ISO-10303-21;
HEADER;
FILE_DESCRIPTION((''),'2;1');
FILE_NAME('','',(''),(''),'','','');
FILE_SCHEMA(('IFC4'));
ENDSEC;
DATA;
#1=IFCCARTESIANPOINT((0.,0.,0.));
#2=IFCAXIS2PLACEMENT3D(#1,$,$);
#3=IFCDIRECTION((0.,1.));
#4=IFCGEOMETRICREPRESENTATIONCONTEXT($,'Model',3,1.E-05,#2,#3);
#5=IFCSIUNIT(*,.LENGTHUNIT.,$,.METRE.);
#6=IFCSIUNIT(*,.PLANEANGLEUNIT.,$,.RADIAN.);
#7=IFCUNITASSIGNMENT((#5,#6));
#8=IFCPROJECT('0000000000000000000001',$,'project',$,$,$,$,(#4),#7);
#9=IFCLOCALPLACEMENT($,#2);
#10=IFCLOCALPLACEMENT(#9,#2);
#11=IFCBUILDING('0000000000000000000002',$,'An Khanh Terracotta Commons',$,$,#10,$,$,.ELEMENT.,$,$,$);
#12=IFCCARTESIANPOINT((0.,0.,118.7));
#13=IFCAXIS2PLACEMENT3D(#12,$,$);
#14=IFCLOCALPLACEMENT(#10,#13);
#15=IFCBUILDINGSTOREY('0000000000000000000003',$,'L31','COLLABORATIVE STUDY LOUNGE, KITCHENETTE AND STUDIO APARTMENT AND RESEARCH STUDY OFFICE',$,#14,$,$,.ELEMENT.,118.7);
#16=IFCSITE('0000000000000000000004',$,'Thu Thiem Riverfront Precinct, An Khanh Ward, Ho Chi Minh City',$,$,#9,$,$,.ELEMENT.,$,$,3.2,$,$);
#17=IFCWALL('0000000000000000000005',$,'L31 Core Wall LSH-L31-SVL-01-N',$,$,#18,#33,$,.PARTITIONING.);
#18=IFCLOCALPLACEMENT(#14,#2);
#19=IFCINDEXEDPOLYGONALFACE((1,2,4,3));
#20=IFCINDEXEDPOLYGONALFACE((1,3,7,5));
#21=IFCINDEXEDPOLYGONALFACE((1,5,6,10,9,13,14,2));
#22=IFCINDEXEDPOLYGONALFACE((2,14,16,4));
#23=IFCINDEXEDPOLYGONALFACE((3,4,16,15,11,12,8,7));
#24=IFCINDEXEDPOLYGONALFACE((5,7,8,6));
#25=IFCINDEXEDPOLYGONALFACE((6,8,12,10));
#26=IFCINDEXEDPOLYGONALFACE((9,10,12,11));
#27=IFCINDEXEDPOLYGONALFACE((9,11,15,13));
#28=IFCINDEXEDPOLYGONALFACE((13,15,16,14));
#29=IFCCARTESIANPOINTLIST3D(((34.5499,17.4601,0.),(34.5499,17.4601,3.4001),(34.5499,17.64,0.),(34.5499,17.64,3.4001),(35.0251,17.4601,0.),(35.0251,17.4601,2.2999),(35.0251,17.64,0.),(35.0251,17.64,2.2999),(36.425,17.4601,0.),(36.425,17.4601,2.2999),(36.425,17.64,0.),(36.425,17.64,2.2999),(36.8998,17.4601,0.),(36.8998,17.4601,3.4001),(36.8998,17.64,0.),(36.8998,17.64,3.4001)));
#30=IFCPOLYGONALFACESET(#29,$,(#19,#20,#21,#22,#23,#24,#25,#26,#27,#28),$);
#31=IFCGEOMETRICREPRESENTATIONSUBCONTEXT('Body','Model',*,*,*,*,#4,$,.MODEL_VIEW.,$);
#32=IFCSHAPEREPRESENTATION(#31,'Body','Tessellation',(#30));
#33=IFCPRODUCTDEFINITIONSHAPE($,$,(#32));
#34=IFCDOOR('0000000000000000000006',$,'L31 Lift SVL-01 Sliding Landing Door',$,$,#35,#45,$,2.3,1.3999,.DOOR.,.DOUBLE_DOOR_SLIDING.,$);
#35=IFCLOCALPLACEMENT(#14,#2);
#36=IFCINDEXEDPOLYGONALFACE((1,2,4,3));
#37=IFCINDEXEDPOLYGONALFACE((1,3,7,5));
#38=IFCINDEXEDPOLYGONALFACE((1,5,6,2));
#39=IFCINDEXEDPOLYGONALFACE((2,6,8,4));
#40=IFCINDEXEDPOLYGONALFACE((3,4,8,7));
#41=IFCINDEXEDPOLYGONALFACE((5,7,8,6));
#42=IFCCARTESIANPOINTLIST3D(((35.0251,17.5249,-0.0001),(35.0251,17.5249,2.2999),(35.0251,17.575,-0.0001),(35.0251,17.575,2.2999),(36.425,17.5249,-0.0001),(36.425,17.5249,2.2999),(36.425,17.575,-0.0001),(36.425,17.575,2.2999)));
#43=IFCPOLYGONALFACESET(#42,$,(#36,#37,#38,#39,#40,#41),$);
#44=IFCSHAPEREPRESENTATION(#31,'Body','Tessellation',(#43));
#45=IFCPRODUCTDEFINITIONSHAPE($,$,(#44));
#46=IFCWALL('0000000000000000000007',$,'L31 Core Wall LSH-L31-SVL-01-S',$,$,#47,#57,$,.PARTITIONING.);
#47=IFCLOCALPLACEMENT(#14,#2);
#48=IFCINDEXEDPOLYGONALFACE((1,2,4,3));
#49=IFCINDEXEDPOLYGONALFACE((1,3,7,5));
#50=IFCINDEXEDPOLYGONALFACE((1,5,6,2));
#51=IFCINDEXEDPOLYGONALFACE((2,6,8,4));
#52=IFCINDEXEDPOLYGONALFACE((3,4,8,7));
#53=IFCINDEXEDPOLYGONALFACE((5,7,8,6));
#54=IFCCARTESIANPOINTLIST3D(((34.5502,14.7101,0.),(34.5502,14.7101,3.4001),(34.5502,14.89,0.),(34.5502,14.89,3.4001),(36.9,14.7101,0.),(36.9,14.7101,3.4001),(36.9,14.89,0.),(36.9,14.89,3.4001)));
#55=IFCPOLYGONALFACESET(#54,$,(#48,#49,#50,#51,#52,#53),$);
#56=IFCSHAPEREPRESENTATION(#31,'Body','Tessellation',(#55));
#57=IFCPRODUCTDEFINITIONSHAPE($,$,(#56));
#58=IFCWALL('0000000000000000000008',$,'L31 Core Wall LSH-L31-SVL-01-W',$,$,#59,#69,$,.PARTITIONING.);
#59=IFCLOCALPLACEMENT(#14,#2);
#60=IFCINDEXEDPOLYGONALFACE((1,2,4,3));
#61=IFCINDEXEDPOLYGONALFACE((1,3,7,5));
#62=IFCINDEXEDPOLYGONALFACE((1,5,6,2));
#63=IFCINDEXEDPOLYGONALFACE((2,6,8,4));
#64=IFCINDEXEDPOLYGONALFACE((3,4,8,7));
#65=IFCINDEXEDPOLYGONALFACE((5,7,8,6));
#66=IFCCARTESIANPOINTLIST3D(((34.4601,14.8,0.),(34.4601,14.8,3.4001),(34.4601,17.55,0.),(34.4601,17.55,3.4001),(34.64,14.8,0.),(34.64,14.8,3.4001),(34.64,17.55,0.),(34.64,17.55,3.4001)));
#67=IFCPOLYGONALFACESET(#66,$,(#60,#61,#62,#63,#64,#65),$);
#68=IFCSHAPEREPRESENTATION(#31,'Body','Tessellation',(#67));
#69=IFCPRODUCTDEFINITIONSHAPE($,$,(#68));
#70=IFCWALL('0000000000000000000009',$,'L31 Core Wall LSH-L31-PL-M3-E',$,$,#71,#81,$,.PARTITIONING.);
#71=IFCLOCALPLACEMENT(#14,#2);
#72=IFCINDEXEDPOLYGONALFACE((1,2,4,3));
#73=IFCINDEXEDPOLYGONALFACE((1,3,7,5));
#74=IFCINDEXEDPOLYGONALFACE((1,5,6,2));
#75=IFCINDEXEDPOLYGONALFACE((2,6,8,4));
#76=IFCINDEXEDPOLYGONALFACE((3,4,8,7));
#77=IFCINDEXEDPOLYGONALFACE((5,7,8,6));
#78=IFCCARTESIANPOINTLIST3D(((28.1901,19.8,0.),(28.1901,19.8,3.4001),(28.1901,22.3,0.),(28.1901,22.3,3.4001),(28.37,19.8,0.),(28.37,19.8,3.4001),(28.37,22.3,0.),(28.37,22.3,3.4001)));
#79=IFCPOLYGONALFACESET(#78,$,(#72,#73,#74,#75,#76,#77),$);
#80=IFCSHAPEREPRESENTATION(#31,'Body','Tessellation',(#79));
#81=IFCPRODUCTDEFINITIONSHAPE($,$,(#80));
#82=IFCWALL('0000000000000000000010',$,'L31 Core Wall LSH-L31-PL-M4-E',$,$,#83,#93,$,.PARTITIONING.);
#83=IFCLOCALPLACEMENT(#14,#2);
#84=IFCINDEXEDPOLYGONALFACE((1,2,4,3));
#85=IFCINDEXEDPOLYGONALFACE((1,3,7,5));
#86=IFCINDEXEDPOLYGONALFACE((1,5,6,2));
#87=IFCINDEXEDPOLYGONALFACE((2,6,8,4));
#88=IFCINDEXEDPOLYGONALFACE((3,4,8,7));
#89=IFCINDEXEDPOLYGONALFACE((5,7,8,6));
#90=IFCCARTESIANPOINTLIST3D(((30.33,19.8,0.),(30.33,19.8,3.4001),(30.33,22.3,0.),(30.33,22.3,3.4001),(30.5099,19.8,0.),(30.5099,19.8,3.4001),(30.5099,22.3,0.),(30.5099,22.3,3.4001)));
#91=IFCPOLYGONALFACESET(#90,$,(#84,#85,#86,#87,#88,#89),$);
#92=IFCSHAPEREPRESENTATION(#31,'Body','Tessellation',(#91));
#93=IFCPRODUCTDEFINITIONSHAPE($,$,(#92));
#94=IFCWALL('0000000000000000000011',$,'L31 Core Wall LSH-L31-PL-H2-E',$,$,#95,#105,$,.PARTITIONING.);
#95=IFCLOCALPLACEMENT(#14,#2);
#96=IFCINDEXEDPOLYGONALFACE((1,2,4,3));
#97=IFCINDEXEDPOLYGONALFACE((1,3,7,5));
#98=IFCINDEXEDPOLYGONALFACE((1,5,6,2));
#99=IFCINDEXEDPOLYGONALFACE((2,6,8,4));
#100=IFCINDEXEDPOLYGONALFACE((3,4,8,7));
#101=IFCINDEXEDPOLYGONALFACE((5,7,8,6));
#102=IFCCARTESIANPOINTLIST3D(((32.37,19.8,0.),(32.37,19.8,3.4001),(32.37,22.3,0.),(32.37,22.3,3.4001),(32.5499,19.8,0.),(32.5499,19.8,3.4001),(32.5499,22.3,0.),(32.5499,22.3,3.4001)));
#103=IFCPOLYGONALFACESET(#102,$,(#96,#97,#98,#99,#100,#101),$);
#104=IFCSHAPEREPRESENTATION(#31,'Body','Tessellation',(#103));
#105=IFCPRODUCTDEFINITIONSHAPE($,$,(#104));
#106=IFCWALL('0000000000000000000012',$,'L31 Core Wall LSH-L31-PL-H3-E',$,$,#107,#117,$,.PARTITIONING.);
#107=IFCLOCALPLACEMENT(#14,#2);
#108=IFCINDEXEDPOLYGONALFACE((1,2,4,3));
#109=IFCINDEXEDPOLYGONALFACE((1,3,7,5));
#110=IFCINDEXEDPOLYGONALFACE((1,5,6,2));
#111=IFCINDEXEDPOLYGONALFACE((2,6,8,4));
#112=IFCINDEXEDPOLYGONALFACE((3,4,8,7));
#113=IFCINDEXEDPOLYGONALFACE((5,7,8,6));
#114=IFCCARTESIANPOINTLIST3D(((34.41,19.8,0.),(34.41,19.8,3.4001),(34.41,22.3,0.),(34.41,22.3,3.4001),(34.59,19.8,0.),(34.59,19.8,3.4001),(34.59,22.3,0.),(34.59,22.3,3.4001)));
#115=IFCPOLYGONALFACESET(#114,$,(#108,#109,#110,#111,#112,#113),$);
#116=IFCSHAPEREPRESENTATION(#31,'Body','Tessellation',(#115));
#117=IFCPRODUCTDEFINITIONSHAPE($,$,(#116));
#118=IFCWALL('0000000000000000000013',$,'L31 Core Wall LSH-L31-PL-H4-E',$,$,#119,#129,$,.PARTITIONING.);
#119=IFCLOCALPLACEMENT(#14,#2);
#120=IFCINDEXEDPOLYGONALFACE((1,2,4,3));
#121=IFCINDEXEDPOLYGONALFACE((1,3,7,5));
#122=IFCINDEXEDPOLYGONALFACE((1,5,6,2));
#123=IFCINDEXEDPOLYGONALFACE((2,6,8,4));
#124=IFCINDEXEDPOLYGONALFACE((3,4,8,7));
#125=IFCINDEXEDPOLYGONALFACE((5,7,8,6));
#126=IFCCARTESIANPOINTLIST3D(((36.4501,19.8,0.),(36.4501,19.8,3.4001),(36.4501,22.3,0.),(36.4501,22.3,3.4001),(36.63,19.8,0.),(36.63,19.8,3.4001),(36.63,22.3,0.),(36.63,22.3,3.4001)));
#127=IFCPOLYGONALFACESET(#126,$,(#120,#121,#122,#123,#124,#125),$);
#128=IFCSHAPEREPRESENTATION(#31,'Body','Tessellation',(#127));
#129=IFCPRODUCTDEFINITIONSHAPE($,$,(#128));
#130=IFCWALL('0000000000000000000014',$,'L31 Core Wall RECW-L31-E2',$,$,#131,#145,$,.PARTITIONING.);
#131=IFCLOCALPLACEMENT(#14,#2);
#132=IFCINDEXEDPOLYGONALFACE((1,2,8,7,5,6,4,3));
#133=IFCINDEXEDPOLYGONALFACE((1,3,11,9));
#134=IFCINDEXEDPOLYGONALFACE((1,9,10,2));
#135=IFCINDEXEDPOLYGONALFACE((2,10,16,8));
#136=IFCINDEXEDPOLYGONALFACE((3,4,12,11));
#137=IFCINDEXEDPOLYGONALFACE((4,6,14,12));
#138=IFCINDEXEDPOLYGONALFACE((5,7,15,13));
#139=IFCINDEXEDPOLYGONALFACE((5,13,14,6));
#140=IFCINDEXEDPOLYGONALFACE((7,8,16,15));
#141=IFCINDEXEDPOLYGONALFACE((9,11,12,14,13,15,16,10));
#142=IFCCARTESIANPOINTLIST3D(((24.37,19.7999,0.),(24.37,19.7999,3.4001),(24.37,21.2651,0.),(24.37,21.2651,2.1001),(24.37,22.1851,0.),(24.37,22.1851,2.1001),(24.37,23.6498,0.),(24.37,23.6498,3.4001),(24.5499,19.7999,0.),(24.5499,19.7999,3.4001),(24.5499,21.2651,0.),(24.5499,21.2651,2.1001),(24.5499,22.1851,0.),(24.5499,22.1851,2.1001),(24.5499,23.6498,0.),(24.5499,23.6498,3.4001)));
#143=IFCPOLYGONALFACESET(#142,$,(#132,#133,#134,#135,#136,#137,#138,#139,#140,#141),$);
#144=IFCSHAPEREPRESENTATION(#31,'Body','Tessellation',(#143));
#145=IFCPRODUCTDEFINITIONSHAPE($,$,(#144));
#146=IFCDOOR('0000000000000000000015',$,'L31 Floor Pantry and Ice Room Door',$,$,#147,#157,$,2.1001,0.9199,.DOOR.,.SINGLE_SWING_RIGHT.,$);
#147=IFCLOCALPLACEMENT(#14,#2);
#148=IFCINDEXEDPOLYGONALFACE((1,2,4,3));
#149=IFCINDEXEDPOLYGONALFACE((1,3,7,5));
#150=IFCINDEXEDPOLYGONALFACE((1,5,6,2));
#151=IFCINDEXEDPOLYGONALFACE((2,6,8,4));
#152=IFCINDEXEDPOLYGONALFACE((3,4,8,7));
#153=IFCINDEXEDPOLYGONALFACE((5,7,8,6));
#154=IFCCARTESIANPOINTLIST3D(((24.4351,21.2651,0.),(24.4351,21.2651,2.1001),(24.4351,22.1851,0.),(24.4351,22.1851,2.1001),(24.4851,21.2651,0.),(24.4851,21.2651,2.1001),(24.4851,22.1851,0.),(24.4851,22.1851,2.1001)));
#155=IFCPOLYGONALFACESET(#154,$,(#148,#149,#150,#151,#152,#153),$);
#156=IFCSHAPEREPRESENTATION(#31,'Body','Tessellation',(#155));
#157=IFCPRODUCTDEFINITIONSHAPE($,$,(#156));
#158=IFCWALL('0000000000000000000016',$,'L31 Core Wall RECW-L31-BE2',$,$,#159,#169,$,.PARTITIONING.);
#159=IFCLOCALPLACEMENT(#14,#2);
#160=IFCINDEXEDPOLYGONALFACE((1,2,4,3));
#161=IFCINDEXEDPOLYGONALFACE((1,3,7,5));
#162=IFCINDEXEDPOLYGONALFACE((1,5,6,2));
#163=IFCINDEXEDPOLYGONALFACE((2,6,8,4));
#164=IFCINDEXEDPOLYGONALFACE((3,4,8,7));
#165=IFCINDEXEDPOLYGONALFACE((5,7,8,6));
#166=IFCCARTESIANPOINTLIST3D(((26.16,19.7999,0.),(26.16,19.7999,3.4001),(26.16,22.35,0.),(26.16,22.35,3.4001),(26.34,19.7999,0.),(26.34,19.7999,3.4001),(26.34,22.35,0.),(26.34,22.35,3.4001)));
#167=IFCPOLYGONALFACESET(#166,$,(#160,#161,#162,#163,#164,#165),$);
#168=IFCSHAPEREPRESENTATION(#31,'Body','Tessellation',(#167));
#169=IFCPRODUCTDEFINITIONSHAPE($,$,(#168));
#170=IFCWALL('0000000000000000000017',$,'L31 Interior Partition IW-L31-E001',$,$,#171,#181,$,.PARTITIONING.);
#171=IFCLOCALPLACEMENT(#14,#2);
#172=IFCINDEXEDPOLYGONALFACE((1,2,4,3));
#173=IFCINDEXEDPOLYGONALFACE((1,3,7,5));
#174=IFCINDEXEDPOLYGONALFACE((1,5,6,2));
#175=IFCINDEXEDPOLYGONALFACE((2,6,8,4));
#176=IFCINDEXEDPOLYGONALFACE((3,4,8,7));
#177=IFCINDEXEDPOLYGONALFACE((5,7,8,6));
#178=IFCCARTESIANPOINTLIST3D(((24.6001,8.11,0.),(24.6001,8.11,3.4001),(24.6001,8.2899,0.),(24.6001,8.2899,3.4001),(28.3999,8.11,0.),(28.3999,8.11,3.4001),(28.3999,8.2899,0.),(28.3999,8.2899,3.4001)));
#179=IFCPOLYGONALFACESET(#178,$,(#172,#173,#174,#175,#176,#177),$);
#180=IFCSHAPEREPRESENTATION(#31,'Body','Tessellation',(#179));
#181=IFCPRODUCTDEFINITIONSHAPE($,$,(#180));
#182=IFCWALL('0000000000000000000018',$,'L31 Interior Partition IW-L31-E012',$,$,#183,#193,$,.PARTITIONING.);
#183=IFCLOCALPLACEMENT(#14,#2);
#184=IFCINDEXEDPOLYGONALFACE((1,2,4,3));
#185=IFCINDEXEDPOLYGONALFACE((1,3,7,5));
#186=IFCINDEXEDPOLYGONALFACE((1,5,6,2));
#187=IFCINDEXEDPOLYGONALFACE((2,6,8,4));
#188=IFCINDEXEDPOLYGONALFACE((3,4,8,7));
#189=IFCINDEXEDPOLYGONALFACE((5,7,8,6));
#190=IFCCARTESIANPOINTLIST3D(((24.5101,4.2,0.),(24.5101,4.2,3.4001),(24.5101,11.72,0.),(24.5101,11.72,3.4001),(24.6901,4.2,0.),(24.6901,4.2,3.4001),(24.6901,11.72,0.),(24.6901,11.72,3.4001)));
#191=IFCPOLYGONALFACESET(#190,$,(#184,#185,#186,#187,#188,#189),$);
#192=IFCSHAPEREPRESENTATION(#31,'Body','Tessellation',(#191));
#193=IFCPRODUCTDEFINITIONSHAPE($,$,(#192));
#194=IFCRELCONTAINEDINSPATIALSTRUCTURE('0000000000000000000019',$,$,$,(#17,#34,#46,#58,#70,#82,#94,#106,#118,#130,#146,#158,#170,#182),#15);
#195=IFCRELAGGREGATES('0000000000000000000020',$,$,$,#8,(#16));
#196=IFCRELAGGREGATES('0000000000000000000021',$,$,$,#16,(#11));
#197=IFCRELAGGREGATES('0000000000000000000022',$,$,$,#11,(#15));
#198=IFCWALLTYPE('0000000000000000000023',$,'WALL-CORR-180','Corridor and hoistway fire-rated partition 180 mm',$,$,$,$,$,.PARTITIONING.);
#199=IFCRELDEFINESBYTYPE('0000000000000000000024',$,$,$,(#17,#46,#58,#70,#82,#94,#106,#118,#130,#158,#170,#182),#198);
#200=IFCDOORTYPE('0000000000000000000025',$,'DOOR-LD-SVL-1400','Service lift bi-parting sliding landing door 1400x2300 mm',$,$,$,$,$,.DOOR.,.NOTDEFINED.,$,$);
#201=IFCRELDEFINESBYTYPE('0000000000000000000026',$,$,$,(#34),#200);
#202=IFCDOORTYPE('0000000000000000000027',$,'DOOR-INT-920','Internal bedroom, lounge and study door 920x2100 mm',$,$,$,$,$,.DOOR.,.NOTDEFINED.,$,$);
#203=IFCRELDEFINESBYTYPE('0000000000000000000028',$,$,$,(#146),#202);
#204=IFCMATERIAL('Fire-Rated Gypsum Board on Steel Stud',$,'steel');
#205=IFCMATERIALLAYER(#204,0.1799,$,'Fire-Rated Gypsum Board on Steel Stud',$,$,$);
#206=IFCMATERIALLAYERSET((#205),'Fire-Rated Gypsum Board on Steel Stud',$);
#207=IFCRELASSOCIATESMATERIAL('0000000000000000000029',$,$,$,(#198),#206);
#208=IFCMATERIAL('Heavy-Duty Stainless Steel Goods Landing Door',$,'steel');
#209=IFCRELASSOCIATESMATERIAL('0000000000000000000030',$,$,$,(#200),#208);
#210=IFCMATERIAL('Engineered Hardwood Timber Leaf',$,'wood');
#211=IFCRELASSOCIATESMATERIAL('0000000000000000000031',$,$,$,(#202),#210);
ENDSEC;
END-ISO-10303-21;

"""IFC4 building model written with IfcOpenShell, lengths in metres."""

from ifc_helpers import new_model, si_unit, direction, frame, frame_2d, origin, place, context, subcontext, project, spatial, rectangle, extrude, material, layer, layer_set, type_object, element, fill, save


model = new_model("IFC4")

# Units and contexts
model_context = context("Model", 3, precision=1e-05, world=origin(), true_north=direction((0.0, 1.0)))
body_context = subcontext(model_context, "Body", "Model", "MODEL_VIEW")
ifc_project = project(units=[si_unit("LENGTHUNIT", "METRE"), si_unit("PLANEANGLEUNIT", "RADIAN")], contexts=[model_context])

# Site, building, storey
site_placement = place(None, origin())
site = spatial("IfcSite", under=ifc_project, at=site_placement, Name="Thu Thiem Riverfront Precinct, An Khanh Ward, Ho Chi Minh City", CompositionType="ELEMENT", RefElevation=3.2)
building_placement = place(site_placement, origin())
building = spatial("IfcBuilding", under=site, at=building_placement, Name="An Khanh Terracotta Commons", CompositionType="ELEMENT")
storey_placement = place(building_placement, frame((0.0, 0.0, 118.7)))
storey = spatial("IfcBuildingStorey", under=building, at=storey_placement, Name="L31", Description="COLLABORATIVE STUDY LOUNGE, KITCHENETTE AND STUDIO APARTMENT AND RESEARCH STUDY OFFICE", CompositionType="ELEMENT", Elevation=118.7)

# Shared definitions
ifc_material_1 = material(Name="Fire-Rated Gypsum Board on Steel Stud", Category="steel")
ifc_layer_1 = layer(ifc_material_1, 0.1799, Name="Fire-Rated Gypsum Board on Steel Stud")
ifc_layer_set_1 = layer_set([ifc_layer_1], Name="Fire-Rated Gypsum Board on Steel Stud")
wall_type_1 = type_object("IfcWallType", Name="WALL-CORR-180", Description="Corridor and hoistway fire-rated partition 180 mm", PredefinedType="PARTITIONING", material=ifc_layer_set_1)

# Wall, opening, door
wall_1_placement = place(storey_placement, frame((34.55, 17.55, 0.0), z_axis=(0.0, 0.0, 1.0), x_axis=(1.0, 0.0, 0.0)))
wall_1 = element("IfcWall", 1, at=wall_1_placement, inside=storey, type_object=wall_type_1, Name="L31 Core Wall LSH-L31-SVL-01-N", PredefinedType="PARTITIONING", context=body_context, shape_type="SweptSolid", body=[
    extrude(rectangle(XDim=2.3499, YDim=0.1799, at=frame_2d((1.1748, 0.0))), origin(), (0.0, 0.0, 1.0), 3.4001),
])
opening_1_placement = place(wall_1_placement, frame((0.4751, 0.0, 0.0)))
opening_1 = element("IfcOpeningElement", 2, at=opening_1_placement, cuts=wall_1, PredefinedType="OPENING", context=body_context, shape_type="SweptSolid", body=[
    extrude(rectangle(XDim=1.3999, YDim=2.3, at=frame_2d((0.7, 1.1499))), frame((0.0, 0.0999, 0.0), z_axis=(0.0, -1.0, 0.0), x_axis=(1.0, 0.0, 0.0)), (0.0, 0.0, 1.0), 0.2),
])
ifc_material_2 = material(Name="Heavy-Duty Stainless Steel Goods Landing Door", Category="steel")
door_type_1 = type_object("IfcDoorType", Name="DOOR-LD-SVL-1400", Description="Service lift bi-parting sliding landing door 1400x2300 mm", OperationType="NOTDEFINED", PredefinedType="DOOR", material=ifc_material_2)
door_1_placement = place(opening_1_placement, origin())
door_1 = element("IfcDoor", 3, at=door_1_placement, inside=storey, type_object=door_type_1, Name="L31 Lift SVL-01 Sliding Landing Door", OperationType="DOUBLE_DOOR_SLIDING", OverallHeight=2.3, OverallWidth=1.3999, PredefinedType="DOOR", context=body_context, shape_type="SweptSolid", body=[
    extrude(rectangle(XDim=1.3999, YDim=2.3, at=frame_2d((0.7, 1.1499))), frame((0.0, 0.0249, 0.0), z_axis=(0.0, -1.0, 0.0), x_axis=(1.0, 0.0, 0.0)), (0.0, 0.0, 1.0), 0.05),
])
fill(opening_1, door_1)

# Walls
wall_2_placement = place(storey_placement, frame((36.8999, 14.8, 0.0), z_axis=(0.0, 0.0, 1.0), x_axis=(-1.0, 0.0, 0.0)))
element("IfcWall", 4, at=wall_2_placement, inside=storey, type_object=wall_type_1, Name="L31 Core Wall LSH-L31-SVL-01-S", PredefinedType="PARTITIONING", context=body_context, shape_type="SweptSolid", body=[
    extrude(rectangle(XDim=2.3499, YDim=0.1799, at=frame_2d((1.1748, 0.0))), origin(), (0.0, 0.0, 1.0), 3.4001),
])
wall_3_placement = place(storey_placement, frame((34.55, 17.55, 0.0), z_axis=(0.0, 0.0, 1.0), x_axis=(0.0, -1.0, 0.0)))
element("IfcWall", 5, at=wall_3_placement, inside=storey, type_object=wall_type_1, Name="L31 Core Wall LSH-L31-SVL-01-W", PredefinedType="PARTITIONING", context=body_context, shape_type="SweptSolid", body=[
    extrude(rectangle(XDim=2.75, YDim=0.1799, at=frame_2d((1.375, 0.0))), origin(), (0.0, 0.0, 1.0), 3.4001),
])
for number, where, z_axis, x_axis, name in (
    (6, (28.28, 19.8, 0.0), (0.0, 0.0, 1.0), (0.0, 1.0, 0.0), "L31 Core Wall LSH-L31-PL-M3-E"),
    (7, (30.4199, 19.8, 0.0), (0.0, 0.0, 1.0), (0.0, 1.0, 0.0), "L31 Core Wall LSH-L31-PL-M4-E"),
    (8, (32.46, 19.8, 0.0), (0.0, 0.0, 1.0), (0.0, 1.0, 0.0), "L31 Core Wall LSH-L31-PL-H2-E"),
    (9, (34.5, 19.8, 0.0), (0.0, 0.0, 1.0), (0.0, 1.0, 0.0), "L31 Core Wall LSH-L31-PL-H3-E"),
    (10, (36.54, 19.8, 0.0), (0.0, 0.0, 1.0), (0.0, 1.0, 0.0), "L31 Core Wall LSH-L31-PL-H4-E"),
):
    element("IfcWall", number, at=place(storey_placement, frame(where, z_axis=z_axis, x_axis=x_axis)), inside=storey, type_object=wall_type_1, Name=name, PredefinedType="PARTITIONING", context=body_context, shape_type="SweptSolid", body=[
        extrude(rectangle(XDim=2.5, YDim=0.1799, at=frame_2d((1.25, 0.0))), origin(), (0.0, 0.0, 1.0), 3.4001),
    ])

# Wall, opening, door
wall_4_placement = place(storey_placement, frame((24.46, 19.8, 0.0), z_axis=(0.0, 0.0, 1.0), x_axis=(0.0, 1.0, 0.0)))
wall_4 = element("IfcWall", 11, at=wall_4_placement, inside=storey, type_object=wall_type_1, Name="L31 Core Wall RECW-L31-E2", PredefinedType="PARTITIONING", context=body_context, shape_type="SweptSolid", body=[
    extrude(rectangle(XDim=3.8499, YDim=0.1799, at=frame_2d((1.9248, 0.0))), origin(), (0.0, 0.0, 1.0), 3.4001),
])
opening_2_placement = place(wall_4_placement, frame((1.4651, 0.0, 0.0)))
opening_2 = element("IfcOpeningElement", 12, at=opening_2_placement, cuts=wall_4, PredefinedType="OPENING", context=body_context, shape_type="SweptSolid", body=[
    extrude(rectangle(XDim=0.9199, YDim=2.1001, at=frame_2d((0.46, 1.05))), frame((0.0, 0.0999, 0.0), z_axis=(0.0, -1.0, 0.0), x_axis=(1.0, 0.0, 0.0)), (0.0, 0.0, 1.0), 0.2),
])
ifc_material_3 = material(Name="Engineered Hardwood Timber Leaf", Category="wood")
door_type_2 = type_object("IfcDoorType", Name="DOOR-INT-920", Description="Internal bedroom, lounge and study door 920x2100 mm", OperationType="NOTDEFINED", PredefinedType="DOOR", material=ifc_material_3)
door_2_placement = place(opening_2_placement, origin())
door_2 = element("IfcDoor", 13, at=door_2_placement, inside=storey, type_object=door_type_2, Name="L31 Floor Pantry and Ice Room Door", OperationType="SINGLE_SWING_RIGHT", OverallHeight=2.1001, OverallWidth=0.9199, PredefinedType="DOOR", context=body_context, shape_type="SweptSolid", body=[
    extrude(rectangle(XDim=0.9199, YDim=2.1001, at=frame_2d((0.46, 1.05))), frame((0.0, 0.0249, 0.0), z_axis=(0.0, -1.0, 0.0), x_axis=(1.0, 0.0, 0.0)), (0.0, 0.0, 1.0), 0.05),
])
fill(opening_2, door_2)

# Walls
wall_5_placement = place(storey_placement, frame((26.25, 19.8, 0.0), z_axis=(0.0, 0.0, 1.0), x_axis=(0.0, 1.0, 0.0)))
element("IfcWall", 14, at=wall_5_placement, inside=storey, type_object=wall_type_1, Name="L31 Core Wall RECW-L31-BE2", PredefinedType="PARTITIONING", context=body_context, shape_type="SweptSolid", body=[
    extrude(rectangle(XDim=2.55, YDim=0.1799, at=frame_2d((1.2749, 0.0))), origin(), (0.0, 0.0, 1.0), 3.4001),
])
wall_6_placement = place(storey_placement, frame((24.6001, 8.2, 0.0), z_axis=(0.0, 0.0, 1.0), x_axis=(1.0, 0.0, 0.0)))
element("IfcWall", 15, at=wall_6_placement, inside=storey, type_object=wall_type_1, Name="L31 Interior Partition IW-L31-E001", PredefinedType="PARTITIONING", context=body_context, shape_type="SweptSolid", body=[
    extrude(rectangle(XDim=3.7998, YDim=0.1799, at=frame_2d((1.8999, 0.0))), origin(), (0.0, 0.0, 1.0), 3.4001),
])
for number, where, z_axis, x_axis, name in (
    (16, (24.6001, 4.2, 0.0), (0.0, 0.0, 1.0), (0.0, 1.0, 0.0), "L31 Interior Partition IW-L31-E012"),
):
    element("IfcWall", number, at=place(storey_placement, frame(where, z_axis=z_axis, x_axis=x_axis)), inside=storey, type_object=wall_type_1, Name=name, PredefinedType="PARTITIONING", context=body_context, shape_type="SweptSolid", body=[
        extrude(rectangle(XDim=7.52, YDim=0.1799, at=frame_2d((3.76, 0.0))), origin(), (0.0, 0.0, 1.0), 3.4001),
    ])

save(model, "model.ifc")
